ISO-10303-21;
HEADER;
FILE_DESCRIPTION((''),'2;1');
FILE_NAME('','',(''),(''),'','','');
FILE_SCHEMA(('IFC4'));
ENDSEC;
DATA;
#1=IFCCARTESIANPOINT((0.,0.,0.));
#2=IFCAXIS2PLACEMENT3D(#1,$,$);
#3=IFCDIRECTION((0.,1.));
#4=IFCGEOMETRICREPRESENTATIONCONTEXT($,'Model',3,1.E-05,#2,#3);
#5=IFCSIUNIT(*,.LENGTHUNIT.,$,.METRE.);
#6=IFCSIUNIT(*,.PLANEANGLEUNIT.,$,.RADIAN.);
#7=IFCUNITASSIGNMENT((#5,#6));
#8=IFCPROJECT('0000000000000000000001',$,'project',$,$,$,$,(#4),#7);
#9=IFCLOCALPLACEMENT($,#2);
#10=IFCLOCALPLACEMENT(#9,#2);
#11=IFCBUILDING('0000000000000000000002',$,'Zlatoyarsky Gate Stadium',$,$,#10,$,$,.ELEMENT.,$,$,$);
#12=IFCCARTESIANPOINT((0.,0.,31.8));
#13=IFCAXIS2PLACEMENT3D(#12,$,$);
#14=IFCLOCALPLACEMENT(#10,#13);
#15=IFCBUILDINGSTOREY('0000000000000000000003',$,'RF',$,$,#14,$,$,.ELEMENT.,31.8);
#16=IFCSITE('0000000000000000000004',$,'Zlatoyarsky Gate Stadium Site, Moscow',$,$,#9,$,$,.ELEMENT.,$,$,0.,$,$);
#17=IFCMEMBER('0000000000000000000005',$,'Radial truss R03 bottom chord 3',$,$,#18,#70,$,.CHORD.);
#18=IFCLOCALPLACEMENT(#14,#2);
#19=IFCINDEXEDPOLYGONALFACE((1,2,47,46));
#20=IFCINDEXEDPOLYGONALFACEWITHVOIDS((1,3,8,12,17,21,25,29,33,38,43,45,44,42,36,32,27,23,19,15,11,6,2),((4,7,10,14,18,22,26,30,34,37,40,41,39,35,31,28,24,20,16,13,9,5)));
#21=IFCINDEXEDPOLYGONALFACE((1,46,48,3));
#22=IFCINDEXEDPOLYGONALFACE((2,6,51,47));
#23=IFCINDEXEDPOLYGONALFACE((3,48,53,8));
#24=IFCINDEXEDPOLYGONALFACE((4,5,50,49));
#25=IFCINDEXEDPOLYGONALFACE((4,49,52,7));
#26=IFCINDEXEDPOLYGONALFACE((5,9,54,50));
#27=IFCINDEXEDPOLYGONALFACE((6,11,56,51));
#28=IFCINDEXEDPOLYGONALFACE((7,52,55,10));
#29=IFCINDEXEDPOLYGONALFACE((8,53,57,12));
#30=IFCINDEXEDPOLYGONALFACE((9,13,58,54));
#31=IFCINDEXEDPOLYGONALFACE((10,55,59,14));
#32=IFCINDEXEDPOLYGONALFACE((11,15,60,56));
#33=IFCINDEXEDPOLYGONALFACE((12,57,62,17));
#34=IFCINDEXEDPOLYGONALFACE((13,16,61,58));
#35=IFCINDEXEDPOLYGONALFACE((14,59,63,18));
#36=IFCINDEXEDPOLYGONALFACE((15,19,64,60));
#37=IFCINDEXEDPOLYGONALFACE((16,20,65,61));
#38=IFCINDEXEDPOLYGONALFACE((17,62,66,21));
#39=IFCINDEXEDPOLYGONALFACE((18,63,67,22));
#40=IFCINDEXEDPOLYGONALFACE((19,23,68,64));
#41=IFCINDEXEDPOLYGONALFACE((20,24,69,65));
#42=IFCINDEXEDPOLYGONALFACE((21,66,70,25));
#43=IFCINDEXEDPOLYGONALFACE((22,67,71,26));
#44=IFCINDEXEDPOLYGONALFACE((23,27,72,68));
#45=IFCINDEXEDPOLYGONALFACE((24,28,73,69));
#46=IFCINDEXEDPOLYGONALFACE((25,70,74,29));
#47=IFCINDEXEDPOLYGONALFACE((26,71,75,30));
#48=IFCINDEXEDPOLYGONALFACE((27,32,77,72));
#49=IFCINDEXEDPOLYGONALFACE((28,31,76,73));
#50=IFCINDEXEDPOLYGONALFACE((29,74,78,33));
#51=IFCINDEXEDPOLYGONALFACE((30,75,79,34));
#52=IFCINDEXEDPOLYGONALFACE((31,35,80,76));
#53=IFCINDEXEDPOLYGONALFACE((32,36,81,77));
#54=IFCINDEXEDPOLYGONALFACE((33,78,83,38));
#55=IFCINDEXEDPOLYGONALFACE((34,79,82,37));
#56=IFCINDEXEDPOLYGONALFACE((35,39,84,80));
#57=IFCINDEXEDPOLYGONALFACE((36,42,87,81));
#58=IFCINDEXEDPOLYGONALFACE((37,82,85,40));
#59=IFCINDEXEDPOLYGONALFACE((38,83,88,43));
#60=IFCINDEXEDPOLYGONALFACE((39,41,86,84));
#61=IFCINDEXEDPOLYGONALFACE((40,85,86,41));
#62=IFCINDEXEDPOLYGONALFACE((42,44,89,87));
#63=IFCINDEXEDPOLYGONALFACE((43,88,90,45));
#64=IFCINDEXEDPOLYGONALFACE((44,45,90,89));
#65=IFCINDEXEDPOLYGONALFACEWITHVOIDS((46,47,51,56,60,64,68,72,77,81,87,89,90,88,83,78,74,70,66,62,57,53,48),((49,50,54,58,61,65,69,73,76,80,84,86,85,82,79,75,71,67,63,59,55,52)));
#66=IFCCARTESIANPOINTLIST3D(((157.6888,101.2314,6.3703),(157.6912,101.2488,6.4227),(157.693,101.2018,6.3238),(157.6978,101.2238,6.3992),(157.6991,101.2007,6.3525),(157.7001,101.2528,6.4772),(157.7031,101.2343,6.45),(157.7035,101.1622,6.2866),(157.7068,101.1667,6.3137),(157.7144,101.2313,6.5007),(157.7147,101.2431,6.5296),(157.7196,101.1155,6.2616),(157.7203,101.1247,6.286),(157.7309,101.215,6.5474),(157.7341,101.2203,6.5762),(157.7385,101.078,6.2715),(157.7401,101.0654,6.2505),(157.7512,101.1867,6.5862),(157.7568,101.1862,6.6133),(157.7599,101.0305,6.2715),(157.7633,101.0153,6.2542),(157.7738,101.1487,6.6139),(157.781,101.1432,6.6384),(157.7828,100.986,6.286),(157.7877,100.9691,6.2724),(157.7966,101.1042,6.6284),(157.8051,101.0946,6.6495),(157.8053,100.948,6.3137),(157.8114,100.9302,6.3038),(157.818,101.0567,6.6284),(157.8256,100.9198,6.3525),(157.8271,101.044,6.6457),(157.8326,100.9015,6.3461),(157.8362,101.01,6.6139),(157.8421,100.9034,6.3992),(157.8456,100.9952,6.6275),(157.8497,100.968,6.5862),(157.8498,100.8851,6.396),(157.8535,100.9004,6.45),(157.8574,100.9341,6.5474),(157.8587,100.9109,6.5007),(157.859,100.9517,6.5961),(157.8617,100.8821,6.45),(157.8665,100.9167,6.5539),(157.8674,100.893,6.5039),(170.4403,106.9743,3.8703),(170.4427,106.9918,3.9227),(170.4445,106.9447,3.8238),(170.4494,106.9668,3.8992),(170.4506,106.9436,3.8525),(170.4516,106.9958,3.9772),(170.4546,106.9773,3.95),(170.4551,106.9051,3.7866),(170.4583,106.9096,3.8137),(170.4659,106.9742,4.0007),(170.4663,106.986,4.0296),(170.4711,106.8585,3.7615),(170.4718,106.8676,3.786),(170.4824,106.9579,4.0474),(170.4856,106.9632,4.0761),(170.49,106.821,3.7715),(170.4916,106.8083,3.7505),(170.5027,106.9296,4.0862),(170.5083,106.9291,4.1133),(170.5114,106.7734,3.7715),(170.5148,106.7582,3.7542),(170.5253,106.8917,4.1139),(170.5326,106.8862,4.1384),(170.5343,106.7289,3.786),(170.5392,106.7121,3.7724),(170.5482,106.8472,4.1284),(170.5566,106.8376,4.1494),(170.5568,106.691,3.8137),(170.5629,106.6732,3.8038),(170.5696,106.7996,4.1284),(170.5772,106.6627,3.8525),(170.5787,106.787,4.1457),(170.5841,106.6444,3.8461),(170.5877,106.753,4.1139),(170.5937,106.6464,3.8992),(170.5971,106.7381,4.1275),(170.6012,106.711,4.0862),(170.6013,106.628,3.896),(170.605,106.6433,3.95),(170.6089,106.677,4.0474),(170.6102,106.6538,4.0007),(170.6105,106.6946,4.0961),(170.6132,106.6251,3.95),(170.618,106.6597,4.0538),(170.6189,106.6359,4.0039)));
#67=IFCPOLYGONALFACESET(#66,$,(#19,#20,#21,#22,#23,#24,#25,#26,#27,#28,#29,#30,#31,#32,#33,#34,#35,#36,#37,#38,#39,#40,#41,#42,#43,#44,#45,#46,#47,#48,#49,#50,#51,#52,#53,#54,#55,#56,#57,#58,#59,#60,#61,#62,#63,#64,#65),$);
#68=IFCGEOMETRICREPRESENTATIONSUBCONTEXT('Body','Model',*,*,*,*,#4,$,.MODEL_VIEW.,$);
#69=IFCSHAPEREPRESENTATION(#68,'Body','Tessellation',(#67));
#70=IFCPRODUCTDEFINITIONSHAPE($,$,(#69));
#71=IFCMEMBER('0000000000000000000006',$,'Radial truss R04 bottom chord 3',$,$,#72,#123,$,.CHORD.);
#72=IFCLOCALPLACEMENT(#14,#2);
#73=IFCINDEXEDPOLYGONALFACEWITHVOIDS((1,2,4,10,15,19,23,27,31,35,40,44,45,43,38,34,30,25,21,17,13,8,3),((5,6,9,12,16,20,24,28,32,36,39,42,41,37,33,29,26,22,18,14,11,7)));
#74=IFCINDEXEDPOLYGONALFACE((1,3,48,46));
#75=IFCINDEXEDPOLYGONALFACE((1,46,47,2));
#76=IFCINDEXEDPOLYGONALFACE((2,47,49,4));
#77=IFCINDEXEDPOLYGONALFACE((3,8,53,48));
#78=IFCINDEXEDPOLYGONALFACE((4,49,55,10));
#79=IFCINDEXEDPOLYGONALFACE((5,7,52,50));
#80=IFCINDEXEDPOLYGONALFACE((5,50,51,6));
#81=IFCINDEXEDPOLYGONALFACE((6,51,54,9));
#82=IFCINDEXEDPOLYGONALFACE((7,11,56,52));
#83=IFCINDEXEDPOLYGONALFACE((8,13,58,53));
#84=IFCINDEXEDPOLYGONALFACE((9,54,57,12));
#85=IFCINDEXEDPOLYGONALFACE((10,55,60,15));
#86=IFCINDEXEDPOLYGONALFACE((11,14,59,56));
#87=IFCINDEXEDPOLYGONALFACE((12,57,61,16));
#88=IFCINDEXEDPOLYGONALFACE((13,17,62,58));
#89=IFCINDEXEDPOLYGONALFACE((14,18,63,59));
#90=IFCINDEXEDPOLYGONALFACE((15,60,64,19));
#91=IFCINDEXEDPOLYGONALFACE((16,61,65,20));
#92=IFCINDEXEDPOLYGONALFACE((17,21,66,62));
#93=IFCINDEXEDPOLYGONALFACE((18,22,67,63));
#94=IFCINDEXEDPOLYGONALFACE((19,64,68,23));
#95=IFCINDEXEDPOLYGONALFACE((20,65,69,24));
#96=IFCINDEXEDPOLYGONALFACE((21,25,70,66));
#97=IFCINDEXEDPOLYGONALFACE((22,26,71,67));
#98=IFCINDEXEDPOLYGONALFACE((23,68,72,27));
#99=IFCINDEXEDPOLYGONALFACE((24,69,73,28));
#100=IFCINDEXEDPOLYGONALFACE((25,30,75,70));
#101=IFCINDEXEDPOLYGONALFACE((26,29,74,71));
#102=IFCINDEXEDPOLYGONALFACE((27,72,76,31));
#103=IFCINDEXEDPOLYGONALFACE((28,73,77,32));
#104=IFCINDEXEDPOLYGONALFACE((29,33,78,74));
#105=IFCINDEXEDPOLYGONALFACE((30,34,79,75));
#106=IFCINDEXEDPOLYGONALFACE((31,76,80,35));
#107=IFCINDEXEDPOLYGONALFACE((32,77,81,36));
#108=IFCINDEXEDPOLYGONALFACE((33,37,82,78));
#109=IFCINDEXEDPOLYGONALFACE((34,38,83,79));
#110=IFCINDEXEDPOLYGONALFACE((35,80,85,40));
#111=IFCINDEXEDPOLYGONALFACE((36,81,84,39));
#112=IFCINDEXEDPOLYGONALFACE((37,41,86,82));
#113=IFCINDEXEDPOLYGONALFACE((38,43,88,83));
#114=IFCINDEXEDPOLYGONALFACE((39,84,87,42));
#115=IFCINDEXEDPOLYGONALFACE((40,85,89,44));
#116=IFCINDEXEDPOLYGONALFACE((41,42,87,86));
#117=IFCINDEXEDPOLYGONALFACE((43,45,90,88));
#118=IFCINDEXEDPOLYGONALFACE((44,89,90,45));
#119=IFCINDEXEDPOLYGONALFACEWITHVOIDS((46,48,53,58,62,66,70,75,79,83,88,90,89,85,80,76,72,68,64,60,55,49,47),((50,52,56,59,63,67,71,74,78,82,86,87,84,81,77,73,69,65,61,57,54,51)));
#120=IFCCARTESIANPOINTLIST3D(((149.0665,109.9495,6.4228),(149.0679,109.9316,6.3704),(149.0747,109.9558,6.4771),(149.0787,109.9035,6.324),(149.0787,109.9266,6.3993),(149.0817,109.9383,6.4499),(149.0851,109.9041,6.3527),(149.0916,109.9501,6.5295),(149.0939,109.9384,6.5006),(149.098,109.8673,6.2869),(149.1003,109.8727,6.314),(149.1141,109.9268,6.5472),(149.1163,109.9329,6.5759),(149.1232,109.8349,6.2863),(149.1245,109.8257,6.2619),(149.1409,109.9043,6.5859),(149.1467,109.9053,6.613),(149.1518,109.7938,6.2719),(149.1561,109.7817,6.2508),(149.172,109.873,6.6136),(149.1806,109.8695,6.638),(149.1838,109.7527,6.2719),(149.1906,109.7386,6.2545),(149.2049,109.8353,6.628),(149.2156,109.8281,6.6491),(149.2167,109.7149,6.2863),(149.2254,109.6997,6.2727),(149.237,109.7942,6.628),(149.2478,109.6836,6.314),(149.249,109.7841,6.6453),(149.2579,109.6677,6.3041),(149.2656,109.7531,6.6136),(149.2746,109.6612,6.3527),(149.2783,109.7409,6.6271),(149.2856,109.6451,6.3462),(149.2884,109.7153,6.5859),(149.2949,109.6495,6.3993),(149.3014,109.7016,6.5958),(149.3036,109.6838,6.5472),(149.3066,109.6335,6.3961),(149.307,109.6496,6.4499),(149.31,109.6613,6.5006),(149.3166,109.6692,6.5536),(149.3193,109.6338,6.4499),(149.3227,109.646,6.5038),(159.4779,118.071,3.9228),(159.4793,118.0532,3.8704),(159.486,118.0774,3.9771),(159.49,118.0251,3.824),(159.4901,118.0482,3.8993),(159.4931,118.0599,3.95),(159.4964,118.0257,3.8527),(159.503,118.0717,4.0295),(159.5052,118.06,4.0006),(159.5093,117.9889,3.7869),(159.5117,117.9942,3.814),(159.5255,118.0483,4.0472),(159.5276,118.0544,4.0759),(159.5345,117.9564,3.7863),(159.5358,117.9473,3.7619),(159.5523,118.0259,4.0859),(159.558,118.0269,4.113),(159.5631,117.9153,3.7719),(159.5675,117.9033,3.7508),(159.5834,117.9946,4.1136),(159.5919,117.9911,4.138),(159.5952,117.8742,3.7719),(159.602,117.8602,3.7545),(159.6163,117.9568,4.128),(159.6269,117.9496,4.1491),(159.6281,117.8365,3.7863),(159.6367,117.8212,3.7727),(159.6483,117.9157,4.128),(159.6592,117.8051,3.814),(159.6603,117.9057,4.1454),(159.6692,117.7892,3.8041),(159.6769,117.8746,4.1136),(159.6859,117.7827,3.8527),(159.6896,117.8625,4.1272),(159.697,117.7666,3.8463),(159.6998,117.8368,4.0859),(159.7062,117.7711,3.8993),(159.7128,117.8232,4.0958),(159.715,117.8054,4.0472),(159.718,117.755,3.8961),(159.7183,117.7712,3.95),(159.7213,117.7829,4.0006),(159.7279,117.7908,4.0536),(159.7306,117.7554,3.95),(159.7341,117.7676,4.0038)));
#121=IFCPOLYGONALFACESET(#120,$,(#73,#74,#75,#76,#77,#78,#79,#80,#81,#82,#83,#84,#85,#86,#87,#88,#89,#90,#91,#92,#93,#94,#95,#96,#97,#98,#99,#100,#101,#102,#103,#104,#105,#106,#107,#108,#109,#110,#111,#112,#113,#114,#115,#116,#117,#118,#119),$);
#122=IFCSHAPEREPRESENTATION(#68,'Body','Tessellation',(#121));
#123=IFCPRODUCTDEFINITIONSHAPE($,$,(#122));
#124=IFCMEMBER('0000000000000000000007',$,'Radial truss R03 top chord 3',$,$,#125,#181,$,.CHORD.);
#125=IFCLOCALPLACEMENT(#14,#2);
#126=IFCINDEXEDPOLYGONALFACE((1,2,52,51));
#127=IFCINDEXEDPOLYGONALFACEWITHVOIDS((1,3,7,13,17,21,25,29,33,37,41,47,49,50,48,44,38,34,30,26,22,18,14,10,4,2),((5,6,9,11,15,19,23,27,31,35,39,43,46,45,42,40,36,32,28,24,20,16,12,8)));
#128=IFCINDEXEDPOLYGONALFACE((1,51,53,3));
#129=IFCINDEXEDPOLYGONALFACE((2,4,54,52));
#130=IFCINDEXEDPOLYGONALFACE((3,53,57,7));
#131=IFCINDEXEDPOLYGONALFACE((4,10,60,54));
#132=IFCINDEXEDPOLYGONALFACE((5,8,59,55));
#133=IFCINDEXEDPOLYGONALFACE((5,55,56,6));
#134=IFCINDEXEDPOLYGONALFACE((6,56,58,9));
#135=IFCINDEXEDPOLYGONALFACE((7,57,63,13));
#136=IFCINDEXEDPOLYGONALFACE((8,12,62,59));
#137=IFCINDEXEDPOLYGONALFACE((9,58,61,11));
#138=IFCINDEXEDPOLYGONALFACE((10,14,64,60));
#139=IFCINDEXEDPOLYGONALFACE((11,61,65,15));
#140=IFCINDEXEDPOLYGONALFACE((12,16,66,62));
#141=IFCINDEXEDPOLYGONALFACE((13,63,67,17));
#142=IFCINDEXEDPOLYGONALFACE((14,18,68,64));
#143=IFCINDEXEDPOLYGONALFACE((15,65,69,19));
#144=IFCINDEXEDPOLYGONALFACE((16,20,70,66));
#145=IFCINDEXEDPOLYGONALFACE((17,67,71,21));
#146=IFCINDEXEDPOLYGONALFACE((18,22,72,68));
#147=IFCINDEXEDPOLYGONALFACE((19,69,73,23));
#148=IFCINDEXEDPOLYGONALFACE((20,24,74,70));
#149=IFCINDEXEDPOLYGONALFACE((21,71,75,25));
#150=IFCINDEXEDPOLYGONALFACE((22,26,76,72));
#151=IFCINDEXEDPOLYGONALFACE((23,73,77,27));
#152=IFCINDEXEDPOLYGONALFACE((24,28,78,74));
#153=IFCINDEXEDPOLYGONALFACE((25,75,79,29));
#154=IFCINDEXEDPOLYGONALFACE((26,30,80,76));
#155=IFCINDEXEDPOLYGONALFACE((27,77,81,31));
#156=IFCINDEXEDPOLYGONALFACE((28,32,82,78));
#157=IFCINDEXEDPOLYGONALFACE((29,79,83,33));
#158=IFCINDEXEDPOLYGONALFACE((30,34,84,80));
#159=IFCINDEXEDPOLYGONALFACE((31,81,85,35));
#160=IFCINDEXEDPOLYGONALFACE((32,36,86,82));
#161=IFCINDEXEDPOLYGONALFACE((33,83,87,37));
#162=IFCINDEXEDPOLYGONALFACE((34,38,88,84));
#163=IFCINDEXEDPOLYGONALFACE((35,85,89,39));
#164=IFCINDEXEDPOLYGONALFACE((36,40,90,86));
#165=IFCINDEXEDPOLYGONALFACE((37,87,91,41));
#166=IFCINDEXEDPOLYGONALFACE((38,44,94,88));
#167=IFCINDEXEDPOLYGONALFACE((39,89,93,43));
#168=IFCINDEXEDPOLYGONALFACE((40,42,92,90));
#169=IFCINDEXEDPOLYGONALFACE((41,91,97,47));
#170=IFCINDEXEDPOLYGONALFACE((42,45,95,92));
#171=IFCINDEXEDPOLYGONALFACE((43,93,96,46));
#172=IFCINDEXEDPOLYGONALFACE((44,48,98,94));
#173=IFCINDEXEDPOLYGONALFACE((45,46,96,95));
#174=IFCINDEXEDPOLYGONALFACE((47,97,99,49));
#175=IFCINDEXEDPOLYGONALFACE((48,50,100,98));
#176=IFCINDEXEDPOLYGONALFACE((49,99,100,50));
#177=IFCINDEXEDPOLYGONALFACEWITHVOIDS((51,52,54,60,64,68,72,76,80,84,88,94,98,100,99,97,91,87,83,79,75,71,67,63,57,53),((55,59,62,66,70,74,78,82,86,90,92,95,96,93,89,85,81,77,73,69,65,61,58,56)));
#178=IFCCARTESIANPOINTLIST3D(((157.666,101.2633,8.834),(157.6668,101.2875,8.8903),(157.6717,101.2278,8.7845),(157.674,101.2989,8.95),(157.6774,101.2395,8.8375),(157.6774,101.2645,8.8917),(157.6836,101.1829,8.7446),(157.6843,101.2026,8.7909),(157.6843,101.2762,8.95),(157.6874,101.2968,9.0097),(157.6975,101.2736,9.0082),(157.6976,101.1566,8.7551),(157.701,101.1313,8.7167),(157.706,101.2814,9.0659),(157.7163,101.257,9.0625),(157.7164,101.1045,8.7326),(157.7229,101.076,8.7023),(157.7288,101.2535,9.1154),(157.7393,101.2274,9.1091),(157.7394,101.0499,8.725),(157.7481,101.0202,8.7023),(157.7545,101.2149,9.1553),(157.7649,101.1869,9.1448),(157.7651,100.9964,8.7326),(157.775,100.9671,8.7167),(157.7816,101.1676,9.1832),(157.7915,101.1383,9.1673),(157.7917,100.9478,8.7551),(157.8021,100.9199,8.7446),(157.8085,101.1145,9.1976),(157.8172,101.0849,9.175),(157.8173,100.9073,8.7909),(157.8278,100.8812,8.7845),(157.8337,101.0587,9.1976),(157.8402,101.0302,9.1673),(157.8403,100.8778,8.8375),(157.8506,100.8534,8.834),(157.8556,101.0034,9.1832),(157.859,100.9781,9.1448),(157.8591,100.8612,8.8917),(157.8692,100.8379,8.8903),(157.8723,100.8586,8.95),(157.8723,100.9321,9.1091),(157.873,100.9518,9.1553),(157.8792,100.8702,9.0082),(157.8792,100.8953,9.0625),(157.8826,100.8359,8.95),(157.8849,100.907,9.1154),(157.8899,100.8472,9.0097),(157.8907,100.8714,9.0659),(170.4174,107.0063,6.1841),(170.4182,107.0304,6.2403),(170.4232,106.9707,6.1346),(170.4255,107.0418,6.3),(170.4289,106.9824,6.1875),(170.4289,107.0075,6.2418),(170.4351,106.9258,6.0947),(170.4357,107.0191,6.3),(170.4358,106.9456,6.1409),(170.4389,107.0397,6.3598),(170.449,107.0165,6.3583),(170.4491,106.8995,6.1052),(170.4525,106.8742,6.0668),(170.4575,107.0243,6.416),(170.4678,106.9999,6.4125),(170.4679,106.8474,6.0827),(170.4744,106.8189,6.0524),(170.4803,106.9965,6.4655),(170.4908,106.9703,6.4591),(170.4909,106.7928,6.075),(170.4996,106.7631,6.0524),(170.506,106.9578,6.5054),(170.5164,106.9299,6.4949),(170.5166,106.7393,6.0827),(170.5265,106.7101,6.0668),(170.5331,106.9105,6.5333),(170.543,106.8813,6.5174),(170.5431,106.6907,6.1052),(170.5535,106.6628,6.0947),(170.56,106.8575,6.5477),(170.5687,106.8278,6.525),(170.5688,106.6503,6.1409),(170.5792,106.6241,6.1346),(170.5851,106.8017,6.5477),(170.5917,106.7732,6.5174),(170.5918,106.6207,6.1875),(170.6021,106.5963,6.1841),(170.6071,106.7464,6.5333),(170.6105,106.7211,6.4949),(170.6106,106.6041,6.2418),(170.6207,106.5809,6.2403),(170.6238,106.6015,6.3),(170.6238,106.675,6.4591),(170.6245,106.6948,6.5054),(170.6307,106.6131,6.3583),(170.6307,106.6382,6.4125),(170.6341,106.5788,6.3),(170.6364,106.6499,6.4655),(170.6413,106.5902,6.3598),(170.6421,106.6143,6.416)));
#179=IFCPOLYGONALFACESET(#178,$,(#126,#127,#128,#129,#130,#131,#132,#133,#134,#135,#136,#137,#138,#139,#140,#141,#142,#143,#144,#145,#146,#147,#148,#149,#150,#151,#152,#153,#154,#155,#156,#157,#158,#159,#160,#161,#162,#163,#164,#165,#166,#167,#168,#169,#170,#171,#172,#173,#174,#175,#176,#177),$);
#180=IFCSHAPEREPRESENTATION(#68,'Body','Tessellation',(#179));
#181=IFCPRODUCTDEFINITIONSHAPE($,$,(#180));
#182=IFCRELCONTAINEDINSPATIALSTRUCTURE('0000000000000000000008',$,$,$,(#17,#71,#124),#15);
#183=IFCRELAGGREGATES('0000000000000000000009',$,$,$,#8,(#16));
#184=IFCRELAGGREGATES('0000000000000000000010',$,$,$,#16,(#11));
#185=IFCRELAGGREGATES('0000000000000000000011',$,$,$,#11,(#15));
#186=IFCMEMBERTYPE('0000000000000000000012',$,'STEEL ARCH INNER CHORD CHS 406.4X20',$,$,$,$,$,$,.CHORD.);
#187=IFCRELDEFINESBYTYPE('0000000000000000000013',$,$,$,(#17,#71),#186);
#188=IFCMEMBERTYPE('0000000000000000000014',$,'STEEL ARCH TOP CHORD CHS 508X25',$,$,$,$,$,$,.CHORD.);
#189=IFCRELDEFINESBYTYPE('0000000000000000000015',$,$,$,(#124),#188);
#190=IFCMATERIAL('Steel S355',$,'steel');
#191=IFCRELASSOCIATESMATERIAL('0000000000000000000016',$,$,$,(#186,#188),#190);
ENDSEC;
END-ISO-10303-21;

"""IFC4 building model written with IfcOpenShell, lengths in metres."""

from ifc_helpers import new_model, si_unit, direction, frame, origin, origin_2d, place, context, subcontext, project, spatial, hollow_circle, extrude, material, material_profile, profile_set, type_object, element, save


model = new_model("IFC4")

# Units and contexts
model_context = context("Model", 3, precision=1e-05, world=origin(), true_north=direction((0.0, 1.0)))
body_context = subcontext(model_context, "Body", "Model", "MODEL_VIEW")
ifc_project = project(units=[si_unit("LENGTHUNIT", "METRE"), si_unit("PLANEANGLEUNIT", "RADIAN")], contexts=[model_context])

# Site, building, storey
site_placement = place(None, origin())
site = spatial("IfcSite", under=ifc_project, at=site_placement, Name="Zlatoyarsky Gate Stadium Site, Moscow", CompositionType="ELEMENT", RefElevation=0.0)
building_placement = place(site_placement, origin())
building = spatial("IfcBuilding", under=site, at=building_placement, Name="Zlatoyarsky Gate Stadium", CompositionType="ELEMENT")
storey_placement = place(building_placement, frame((0.0, 0.0, 31.8)))
storey = spatial("IfcBuildingStorey", under=building, at=storey_placement, Name="RF", CompositionType="ELEMENT", Elevation=31.8)

# Members
ifc_material_1 = material(Name="Steel S355", Category="steel")
ifc_material_profile_1 = material_profile(ifc_material_1, hollow_circle(Radius=0.2031, WallThickness=0.02, at=origin_2d()), Name="CHS 406.4X20")
ifc_profile_set_1 = profile_set([ifc_material_profile_1], Name="Steel S355")
member_type_1 = type_object("IfcMemberType", Name="STEEL ARCH INNER CHORD CHS 406.4X20", PredefinedType="CHORD", material=ifc_profile_set_1)
member_1_placement = place(storey_placement, frame((170.5298, 106.8103, 3.95), z_axis=(-0.897566, -0.40424, 0.175973), x_axis=(0.410648, -0.911794, 0.0)))
element("IfcMember", 1, at=member_1_placement, inside=storey, type_object=member_type_1, Name="Radial truss R03 bottom chord 3", PredefinedType="CHORD", context=body_context, shape_type="SweptSolid", body=[
    extrude(hollow_circle(Radius=0.2031, WallThickness=0.02, at=origin_2d()), origin(), (0.0, 0.0, 1.0), 14.2068),
])
member_2_placement = place(storey_placement, frame((159.6057, 117.9155, 3.95), z_axis=(-0.774713, -0.604329, 0.186026), x_axis=(0.615065, -0.788476, 0.0)))
element("IfcMember", 2, at=member_2_placement, inside=storey, type_object=member_type_1, Name="Radial truss R04 bottom chord 3", PredefinedType="CHORD", context=body_context, shape_type="SweptSolid", body=[
    extrude(hollow_circle(Radius=0.2031, WallThickness=0.02, at=origin_2d()), origin(), (0.0, 0.0, 1.0), 13.439),
])
ifc_material_profile_2 = material_profile(ifc_material_1, hollow_circle(Radius=0.2539, WallThickness=0.0249, at=origin_2d()), Name="CHS 508X25")
ifc_profile_set_2 = profile_set([ifc_material_profile_2], Name="Steel S355")
member_type_2 = type_object("IfcMemberType", Name="STEEL ARCH TOP CHORD CHS 508X25", PredefinedType="CHORD", material=ifc_profile_set_2)
member_3_placement = place(storey_placement, frame((170.5298, 106.8103, 6.3), z_axis=(-0.895854, -0.403469, 0.186169), x_axis=(0.410648, -0.911794, 0.0)))
element("IfcMember", 3, at=member_3_placement, inside=storey, type_object=member_type_2, Name="Radial truss R03 top chord 3", PredefinedType="CHORD", context=body_context, shape_type="SweptSolid", body=[
    extrude(hollow_circle(Radius=0.2539, WallThickness=0.0249, at=origin_2d()), origin(), (0.0, 0.0, 1.0), 14.2339),
])

save(model, "model.ifc")
